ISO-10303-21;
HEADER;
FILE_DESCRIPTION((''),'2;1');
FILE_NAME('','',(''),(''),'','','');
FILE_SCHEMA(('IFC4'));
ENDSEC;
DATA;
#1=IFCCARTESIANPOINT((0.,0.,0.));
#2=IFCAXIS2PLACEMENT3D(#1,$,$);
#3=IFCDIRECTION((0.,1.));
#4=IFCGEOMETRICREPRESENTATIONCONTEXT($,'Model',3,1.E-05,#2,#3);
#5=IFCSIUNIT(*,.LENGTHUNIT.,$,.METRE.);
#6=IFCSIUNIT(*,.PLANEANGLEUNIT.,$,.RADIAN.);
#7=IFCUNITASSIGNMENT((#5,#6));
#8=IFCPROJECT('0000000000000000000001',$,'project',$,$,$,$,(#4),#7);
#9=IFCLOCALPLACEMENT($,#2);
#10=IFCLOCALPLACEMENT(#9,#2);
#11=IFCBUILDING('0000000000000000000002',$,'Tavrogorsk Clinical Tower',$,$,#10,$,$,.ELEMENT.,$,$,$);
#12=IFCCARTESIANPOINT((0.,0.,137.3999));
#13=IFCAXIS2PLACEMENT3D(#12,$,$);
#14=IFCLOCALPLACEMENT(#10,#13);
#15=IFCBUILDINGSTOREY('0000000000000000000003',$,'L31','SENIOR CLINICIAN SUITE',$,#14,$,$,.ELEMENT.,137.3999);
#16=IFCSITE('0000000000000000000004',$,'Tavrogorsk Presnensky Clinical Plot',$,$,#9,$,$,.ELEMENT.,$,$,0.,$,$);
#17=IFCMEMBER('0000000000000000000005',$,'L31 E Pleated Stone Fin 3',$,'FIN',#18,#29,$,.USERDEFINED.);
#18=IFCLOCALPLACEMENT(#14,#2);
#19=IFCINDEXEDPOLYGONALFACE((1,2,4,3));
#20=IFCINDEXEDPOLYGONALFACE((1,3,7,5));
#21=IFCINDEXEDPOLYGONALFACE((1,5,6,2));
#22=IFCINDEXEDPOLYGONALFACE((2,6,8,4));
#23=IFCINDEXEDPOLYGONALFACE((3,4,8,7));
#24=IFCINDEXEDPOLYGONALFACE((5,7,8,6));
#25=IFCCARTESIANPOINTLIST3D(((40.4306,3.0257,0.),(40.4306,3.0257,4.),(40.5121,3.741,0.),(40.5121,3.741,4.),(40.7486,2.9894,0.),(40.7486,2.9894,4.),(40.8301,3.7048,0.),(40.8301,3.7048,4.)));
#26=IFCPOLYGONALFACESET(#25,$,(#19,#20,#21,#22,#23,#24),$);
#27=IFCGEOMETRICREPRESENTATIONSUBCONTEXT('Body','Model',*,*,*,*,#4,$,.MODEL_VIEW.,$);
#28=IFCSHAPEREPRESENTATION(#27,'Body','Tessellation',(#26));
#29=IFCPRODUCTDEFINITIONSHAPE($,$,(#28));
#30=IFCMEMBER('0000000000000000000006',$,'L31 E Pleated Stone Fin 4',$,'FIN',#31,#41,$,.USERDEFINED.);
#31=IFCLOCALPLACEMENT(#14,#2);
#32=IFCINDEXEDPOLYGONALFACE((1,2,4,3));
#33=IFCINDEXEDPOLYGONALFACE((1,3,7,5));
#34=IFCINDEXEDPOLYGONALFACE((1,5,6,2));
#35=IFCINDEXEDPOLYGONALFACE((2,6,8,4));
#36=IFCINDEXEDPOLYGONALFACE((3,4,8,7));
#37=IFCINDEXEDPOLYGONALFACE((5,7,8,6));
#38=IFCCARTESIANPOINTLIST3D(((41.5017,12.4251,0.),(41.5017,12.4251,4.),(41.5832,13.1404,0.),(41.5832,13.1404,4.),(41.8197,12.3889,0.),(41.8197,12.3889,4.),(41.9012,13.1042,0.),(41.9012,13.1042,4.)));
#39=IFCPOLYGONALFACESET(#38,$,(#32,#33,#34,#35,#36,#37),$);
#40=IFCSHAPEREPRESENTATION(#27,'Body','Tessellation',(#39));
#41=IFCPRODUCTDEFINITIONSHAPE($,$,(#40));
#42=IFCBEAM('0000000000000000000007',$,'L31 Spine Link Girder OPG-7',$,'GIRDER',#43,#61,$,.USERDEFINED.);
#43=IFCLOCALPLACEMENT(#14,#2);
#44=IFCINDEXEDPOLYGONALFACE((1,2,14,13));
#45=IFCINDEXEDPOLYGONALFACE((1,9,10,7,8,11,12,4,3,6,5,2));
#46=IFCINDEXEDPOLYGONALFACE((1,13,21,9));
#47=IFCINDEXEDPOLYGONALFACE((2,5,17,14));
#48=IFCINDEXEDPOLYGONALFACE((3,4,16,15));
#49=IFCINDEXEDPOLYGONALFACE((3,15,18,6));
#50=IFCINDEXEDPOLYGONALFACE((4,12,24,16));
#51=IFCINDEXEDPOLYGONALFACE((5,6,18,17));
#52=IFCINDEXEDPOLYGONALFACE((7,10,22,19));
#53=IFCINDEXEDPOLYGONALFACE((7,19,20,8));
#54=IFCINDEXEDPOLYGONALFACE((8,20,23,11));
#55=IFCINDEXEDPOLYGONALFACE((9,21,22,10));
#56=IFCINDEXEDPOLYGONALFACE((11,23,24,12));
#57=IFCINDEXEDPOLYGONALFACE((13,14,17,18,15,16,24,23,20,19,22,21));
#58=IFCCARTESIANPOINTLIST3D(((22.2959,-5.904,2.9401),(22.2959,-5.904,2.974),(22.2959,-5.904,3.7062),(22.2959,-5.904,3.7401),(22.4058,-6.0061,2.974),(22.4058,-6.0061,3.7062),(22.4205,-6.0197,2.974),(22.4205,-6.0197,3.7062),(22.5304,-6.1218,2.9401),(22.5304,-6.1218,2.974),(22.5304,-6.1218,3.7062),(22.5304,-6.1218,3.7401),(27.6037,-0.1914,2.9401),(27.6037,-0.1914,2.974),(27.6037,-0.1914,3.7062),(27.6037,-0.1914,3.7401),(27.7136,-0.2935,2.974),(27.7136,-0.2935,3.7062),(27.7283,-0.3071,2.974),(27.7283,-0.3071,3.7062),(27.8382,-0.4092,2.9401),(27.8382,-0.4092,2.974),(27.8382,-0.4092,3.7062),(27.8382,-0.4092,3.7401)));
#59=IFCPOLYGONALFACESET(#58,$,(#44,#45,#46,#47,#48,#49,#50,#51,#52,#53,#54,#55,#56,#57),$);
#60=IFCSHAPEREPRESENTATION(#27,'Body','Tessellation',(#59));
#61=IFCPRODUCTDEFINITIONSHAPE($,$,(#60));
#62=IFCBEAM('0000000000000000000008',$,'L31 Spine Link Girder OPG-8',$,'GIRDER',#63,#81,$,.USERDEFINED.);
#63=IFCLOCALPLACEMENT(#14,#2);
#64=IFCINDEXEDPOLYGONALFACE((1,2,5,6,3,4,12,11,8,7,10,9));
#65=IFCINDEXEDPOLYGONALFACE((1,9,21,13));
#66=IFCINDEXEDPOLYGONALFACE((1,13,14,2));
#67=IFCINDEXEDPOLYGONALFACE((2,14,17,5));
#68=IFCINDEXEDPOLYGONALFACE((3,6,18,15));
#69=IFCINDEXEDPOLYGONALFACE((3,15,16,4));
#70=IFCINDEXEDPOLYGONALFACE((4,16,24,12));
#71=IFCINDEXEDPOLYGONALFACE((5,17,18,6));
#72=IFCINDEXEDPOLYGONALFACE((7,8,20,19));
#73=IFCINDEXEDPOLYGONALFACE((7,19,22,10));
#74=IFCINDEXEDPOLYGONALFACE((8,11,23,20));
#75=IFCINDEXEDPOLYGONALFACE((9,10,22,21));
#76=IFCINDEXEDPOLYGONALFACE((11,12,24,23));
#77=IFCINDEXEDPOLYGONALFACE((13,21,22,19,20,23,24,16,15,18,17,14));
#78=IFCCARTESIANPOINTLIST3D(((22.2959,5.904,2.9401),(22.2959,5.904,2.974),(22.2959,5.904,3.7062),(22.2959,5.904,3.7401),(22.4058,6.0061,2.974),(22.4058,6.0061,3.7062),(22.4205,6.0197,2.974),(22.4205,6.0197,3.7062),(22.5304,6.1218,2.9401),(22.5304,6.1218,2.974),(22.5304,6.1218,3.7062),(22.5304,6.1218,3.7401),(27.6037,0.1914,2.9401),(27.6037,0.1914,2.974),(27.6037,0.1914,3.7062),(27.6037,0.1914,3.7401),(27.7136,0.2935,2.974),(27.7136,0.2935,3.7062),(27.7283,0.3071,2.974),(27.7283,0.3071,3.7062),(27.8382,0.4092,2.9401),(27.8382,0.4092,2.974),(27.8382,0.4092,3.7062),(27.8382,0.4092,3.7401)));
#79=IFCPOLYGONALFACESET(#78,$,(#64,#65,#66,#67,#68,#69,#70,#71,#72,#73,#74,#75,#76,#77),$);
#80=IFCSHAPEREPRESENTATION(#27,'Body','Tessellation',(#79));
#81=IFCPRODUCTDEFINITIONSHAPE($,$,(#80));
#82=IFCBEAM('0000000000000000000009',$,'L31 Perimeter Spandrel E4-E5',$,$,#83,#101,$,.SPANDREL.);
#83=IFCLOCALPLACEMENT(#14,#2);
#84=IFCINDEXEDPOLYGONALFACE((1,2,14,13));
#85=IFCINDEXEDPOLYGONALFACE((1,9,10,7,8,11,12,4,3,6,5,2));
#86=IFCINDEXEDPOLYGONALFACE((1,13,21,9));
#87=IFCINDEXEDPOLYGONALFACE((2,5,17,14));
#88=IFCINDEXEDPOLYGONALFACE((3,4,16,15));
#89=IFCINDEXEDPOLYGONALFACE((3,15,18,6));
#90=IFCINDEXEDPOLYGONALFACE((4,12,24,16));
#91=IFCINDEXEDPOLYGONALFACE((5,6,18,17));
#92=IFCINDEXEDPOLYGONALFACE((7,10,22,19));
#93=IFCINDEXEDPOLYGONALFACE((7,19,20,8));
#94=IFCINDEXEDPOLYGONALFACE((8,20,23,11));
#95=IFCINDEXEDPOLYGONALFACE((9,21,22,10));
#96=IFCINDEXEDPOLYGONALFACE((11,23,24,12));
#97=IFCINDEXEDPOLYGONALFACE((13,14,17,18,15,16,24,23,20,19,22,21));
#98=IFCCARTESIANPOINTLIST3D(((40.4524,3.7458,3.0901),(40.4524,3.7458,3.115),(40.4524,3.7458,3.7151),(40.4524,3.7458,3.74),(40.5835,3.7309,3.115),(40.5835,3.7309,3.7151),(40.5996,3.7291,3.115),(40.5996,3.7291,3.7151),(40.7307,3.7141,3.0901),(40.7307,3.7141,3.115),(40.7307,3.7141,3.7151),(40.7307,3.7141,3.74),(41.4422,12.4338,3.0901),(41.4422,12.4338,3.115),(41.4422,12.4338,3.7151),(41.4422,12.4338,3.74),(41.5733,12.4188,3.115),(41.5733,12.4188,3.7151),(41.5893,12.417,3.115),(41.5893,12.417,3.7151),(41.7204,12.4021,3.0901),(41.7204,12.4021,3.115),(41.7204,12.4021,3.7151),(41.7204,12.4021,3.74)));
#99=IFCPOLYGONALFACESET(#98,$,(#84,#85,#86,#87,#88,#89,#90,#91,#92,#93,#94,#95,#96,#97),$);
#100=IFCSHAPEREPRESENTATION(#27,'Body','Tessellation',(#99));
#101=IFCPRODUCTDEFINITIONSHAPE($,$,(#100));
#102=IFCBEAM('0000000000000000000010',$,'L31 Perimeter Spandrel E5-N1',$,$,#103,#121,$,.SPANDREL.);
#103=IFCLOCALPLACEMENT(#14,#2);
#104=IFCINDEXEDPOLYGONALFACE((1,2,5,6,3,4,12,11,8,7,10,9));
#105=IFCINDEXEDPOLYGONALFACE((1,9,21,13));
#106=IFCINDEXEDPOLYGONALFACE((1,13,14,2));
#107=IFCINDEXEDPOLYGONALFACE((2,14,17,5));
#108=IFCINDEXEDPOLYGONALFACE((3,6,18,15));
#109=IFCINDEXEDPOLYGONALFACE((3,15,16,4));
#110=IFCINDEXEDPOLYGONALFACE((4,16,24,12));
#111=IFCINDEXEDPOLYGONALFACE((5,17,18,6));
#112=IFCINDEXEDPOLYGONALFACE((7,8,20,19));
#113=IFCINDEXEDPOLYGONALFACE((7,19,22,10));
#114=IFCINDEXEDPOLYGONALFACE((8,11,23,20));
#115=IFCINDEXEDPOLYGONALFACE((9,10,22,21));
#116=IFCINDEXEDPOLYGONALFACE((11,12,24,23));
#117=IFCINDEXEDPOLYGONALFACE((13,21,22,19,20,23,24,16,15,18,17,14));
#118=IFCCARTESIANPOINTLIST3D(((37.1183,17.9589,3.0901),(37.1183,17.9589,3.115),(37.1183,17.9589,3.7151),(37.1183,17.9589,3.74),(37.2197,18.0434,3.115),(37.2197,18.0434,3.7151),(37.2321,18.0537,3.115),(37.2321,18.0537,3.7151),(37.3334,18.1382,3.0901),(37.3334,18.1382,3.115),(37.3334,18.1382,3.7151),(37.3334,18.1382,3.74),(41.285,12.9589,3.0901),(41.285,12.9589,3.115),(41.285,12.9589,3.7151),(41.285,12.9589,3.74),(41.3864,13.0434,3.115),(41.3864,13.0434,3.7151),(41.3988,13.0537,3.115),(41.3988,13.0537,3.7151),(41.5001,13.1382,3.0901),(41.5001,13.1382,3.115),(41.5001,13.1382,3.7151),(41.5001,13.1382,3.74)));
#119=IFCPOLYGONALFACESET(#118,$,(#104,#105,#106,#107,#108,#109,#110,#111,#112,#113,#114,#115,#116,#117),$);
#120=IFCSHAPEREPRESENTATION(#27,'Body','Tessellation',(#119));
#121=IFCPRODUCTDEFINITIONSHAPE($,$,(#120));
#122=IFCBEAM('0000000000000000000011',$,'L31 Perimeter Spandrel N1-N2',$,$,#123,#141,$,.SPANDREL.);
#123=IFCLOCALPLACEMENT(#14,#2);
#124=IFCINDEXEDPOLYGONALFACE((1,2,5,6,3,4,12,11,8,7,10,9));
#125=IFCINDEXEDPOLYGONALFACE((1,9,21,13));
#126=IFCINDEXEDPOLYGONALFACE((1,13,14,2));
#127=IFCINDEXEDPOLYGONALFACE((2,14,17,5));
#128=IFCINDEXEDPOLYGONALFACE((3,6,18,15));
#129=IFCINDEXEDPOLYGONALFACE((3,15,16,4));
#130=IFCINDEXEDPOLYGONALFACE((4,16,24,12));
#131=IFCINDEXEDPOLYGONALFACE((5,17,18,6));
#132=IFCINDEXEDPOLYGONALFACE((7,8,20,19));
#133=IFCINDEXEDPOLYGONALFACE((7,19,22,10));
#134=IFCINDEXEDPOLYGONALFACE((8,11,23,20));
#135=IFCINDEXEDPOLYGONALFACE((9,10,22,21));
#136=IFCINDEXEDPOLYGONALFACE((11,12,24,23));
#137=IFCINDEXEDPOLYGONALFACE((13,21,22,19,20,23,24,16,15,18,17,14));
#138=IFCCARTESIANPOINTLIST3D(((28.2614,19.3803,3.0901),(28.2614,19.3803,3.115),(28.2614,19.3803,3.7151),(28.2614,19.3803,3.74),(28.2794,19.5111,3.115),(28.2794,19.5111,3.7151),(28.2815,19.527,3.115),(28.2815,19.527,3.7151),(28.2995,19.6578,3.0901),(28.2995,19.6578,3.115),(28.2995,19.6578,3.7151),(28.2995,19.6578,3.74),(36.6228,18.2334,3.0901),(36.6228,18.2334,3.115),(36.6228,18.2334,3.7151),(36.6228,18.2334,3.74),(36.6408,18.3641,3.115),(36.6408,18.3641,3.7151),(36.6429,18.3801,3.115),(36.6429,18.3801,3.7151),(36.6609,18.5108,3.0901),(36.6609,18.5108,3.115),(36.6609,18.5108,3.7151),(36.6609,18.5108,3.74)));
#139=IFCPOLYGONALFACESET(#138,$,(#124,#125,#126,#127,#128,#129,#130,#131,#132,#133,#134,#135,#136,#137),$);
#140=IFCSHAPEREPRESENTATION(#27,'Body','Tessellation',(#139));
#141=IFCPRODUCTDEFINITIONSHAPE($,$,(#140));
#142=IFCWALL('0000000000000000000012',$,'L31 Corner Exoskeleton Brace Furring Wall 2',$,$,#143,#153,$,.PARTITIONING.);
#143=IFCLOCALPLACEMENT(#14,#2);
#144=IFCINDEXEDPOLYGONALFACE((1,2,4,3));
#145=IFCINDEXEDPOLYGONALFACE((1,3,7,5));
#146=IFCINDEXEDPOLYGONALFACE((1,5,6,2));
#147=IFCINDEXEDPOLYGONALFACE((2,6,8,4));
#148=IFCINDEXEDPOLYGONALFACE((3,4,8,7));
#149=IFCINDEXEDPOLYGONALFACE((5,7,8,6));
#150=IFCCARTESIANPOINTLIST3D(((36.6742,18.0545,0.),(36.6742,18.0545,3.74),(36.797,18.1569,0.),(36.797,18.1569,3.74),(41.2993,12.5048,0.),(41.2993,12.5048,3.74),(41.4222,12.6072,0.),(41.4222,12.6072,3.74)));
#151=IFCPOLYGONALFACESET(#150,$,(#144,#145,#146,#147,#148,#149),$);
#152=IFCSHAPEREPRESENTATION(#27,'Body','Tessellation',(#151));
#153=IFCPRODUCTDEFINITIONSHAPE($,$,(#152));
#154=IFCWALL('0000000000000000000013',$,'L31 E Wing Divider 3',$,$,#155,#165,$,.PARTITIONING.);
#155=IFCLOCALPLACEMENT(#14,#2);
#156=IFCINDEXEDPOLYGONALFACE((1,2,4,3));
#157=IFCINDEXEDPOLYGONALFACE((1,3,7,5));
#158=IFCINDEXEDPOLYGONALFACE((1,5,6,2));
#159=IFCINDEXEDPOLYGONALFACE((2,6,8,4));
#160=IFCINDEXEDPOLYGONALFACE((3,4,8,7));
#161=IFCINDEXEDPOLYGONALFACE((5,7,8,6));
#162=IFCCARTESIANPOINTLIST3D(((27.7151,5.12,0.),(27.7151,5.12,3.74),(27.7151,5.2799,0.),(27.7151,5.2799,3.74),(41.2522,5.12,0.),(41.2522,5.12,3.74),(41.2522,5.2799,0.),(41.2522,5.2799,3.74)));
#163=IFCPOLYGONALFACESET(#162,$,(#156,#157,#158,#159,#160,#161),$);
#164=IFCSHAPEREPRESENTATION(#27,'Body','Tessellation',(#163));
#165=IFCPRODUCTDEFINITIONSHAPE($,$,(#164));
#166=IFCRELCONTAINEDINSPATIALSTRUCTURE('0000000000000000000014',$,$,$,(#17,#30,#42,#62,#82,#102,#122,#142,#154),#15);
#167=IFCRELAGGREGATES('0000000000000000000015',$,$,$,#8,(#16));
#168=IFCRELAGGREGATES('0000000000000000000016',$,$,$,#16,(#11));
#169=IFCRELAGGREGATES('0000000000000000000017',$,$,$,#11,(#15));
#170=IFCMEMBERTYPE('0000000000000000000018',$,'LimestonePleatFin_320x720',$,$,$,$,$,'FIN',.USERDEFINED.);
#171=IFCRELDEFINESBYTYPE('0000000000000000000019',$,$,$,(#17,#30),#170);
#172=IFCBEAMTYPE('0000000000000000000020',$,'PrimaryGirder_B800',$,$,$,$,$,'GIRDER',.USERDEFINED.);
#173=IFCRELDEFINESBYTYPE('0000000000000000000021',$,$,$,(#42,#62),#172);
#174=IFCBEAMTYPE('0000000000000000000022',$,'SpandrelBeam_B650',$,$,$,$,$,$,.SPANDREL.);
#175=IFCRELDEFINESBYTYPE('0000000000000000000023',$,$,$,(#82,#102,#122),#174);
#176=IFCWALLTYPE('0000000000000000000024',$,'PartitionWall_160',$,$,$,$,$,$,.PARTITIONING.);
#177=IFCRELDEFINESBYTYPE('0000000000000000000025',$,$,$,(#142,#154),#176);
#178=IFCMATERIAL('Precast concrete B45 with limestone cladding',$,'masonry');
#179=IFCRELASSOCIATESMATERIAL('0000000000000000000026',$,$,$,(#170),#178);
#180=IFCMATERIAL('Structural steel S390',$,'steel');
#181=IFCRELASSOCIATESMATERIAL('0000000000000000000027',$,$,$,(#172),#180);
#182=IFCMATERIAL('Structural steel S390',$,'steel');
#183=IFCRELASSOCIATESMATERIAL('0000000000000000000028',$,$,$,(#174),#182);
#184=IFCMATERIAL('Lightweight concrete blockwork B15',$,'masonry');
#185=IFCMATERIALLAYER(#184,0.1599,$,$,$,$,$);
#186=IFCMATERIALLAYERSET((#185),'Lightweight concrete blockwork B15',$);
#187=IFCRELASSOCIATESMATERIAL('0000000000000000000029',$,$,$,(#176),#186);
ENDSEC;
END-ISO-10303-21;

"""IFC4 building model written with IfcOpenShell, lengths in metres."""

from ifc_helpers import new_model, si_unit, direction, frame, frame_2d, origin, origin_2d, place, context, subcontext, project, spatial, rectangle, i_section, extrude, material, layer, layer_set, material_profile, profile_set, type_object, element, save


model = new_model("IFC4")

# Units and contexts
model_context = context("Model", 3, precision=1e-05, world=origin(), true_north=direction((0.0, 1.0)))
body_context = subcontext(model_context, "Body", "Model", "MODEL_VIEW")
ifc_project = project(units=[si_unit("LENGTHUNIT", "METRE"), si_unit("PLANEANGLEUNIT", "RADIAN")], contexts=[model_context])

# Site, building, storey
site_placement = place(None, origin())
site = spatial("IfcSite", under=ifc_project, at=site_placement, Name="Tavrogorsk Presnensky Clinical Plot", CompositionType="ELEMENT", RefElevation=0.0)
building_placement = place(site_placement, origin())
building = spatial("IfcBuilding", under=site, at=building_placement, Name="Tavrogorsk Clinical Tower", CompositionType="ELEMENT")
storey_placement = place(building_placement, frame((0.0, 0.0, 137.3999)))
storey = spatial("IfcBuildingStorey", under=building, at=storey_placement, Name="L31", Description="SENIOR CLINICIAN SUITE", CompositionType="ELEMENT", Elevation=137.3999)

# Members
ifc_material_1 = material(Name="Precast concrete B45 with limestone cladding", Category="masonry")
ifc_material_profile_1 = material_profile(ifc_material_1, rectangle(XDim=0.3201, YDim=0.72, at=origin_2d()), Name="LIMESTONE-FIN-320x720")
ifc_profile_set_1 = profile_set([ifc_material_profile_1], Name="Precast concrete B45 with limestone cladding")
member_type_1 = type_object("IfcMemberType", Name="LimestonePleatFin_320x720", ElementType="FIN", PredefinedType="USERDEFINED", material=ifc_profile_set_1)
for number, where, z_axis, x_axis, name in (
    (1, (40.6304, 3.3652, 0.0), (0.0, 0.0, 1.0), (0.993572, -0.113203, 0.0), "L31 E Pleated Stone Fin 3"),
    (2, (41.7014, 12.7646, 0.0), (0.0, 0.0, 1.0), (0.993572, -0.113203, 0.0), "L31 E Pleated Stone Fin 4"),
):
    element("IfcMember", number, at=place(storey_placement, frame(where, z_axis=z_axis, x_axis=x_axis)), inside=storey, type_object=member_type_1, Name=name, ObjectType="FIN", PredefinedType="USERDEFINED", context=body_context, shape_type="SweptSolid", body=[
        extrude(rectangle(XDim=0.3201, YDim=0.72, at=origin_2d()), origin(), (0.0, 0.0, 1.0), 4.0),
    ])

# Beams
ifc_material_2 = material(Name="Structural steel S390", Category="steel")
ifc_material_profile_2 = material_profile(ifc_material_2, i_section(OverallWidth=0.3201, OverallDepth=0.8, WebThickness=0.02, FlangeThickness=0.0339, at=origin_2d()), Name="B-800x320x20x34")
ifc_profile_set_2 = profile_set([ifc_material_profile_2], Name="Structural steel S390")
beam_type_1 = type_object("IfcBeamType", Name="PrimaryGirder_B800", ElementType="GIRDER", PredefinedType="USERDEFINED", material=ifc_profile_set_2)
for number, where, z_axis, x_axis, name in (
    (3, (27.7209, -0.3003, 3.3401), (-0.680676, -0.732585, 0.0), (0.732585, -0.680676, 0.0), "L31 Spine Link Girder OPG-7"),
    (4, (27.7209, 0.3003, 3.3401), (-0.680676, 0.732585, 0.0), (-0.732585, -0.680676, 0.0), "L31 Spine Link Girder OPG-8"),
):
    element("IfcBeam", number, at=place(storey_placement, frame(where, z_axis=z_axis, x_axis=x_axis)), inside=storey, type_object=beam_type_1, Name=name, ObjectType="GIRDER", PredefinedType="USERDEFINED", context=body_context, shape_type="SweptSolid", body=[
        extrude(i_section(OverallWidth=0.3201, OverallDepth=0.8, WebThickness=0.02, FlangeThickness=0.0339, at=origin_2d()), origin(), (0.0, 0.0, 1.0), 7.7979),
    ])
ifc_material_3 = material(Name="Structural steel S390", Category="steel")
ifc_material_profile_3 = material_profile(ifc_material_3, i_section(OverallWidth=0.28, OverallDepth=0.6499, WebThickness=0.0161, FlangeThickness=0.0249, at=origin_2d()), Name="B-650x280x16x25")
ifc_profile_set_3 = profile_set([ifc_material_profile_3], Name="Structural steel S390")
beam_type_2 = type_object("IfcBeamType", Name="SpandrelBeam_B650", PredefinedType="SPANDREL", material=ifc_profile_set_3)
beam_1_placement = place(storey_placement, frame((40.5916, 3.73, 3.415), z_axis=(0.113189, 0.993573, 0.0), x_axis=(-0.993573, 0.113189, 0.0)))
element("IfcBeam", 5, at=beam_1_placement, inside=storey, type_object=beam_type_2, Name="L31 Perimeter Spandrel E4-E5", PredefinedType="SPANDREL", context=body_context, shape_type="SweptSolid", body=[
    extrude(i_section(OverallWidth=0.28, OverallDepth=0.6499, WebThickness=0.0161, FlangeThickness=0.0249, at=origin_2d()), origin(), (0.0, 0.0, 1.0), 8.7441),
])
beam_2_placement = place(storey_placement, frame((41.3926, 13.0486, 3.415), z_axis=(-0.640192, 0.768215, 0.0), x_axis=(-0.768215, -0.640192, 0.0)))
element("IfcBeam", 6, at=beam_2_placement, inside=storey, type_object=beam_type_2, Name="L31 Perimeter Spandrel E5-N1", PredefinedType="SPANDREL", context=body_context, shape_type="SweptSolid", body=[
    extrude(i_section(OverallWidth=0.28, OverallDepth=0.6499, WebThickness=0.0161, FlangeThickness=0.0249, at=origin_2d()), origin(), (0.0, 0.0, 1.0), 6.5085),
])
beam_3_placement = place(storey_placement, frame((36.6418, 18.3721, 3.415), z_axis=(-0.990722, 0.135903, 0.0), x_axis=(-0.135903, -0.990722, 0.0)))
element("IfcBeam", 7, at=beam_3_placement, inside=storey, type_object=beam_type_2, Name="L31 Perimeter Spandrel N1-N2", PredefinedType="SPANDREL", context=body_context, shape_type="SweptSolid", body=[
    extrude(i_section(OverallWidth=0.28, OverallDepth=0.6499, WebThickness=0.0161, FlangeThickness=0.0249, at=origin_2d()), origin(), (0.0, 0.0, 1.0), 8.4397),
])

# Walls
ifc_material_4 = material(Name="Lightweight concrete blockwork B15", Category="masonry")
ifc_layer_1 = layer(ifc_material_4, 0.1599)
ifc_layer_set_1 = layer_set([ifc_layer_1], Name="Lightweight concrete blockwork B15")
wall_type_1 = type_object("IfcWallType", Name="PartitionWall_160", PredefinedType="PARTITIONING", material=ifc_layer_set_1)
wall_1_placement = place(storey_placement, frame((41.3608, 12.5559, 0.0), z_axis=(0.0, 0.0, 1.0), x_axis=(-0.640218, 0.768194, 0.0)))
element("IfcWall", 8, at=wall_1_placement, inside=storey, type_object=wall_type_1, Name="L31 Corner Exoskeleton Brace Furring Wall 2", PredefinedType="PARTITIONING", context=body_context, shape_type="SweptSolid", body=[
    extrude(rectangle(XDim=7.2244, YDim=0.1599, at=frame_2d((3.6123, 0.0))), origin(), (0.0, 0.0, 1.0), 3.74),
])
wall_2_placement = place(storey_placement, frame((27.7151, 5.2, 0.0), z_axis=(0.0, 0.0, 1.0), x_axis=(1.0, 0.0, 0.0)))
element("IfcWall", 9, at=wall_2_placement, inside=storey, type_object=wall_type_1, Name="L31 E Wing Divider 3", PredefinedType="PARTITIONING", context=body_context, shape_type="SweptSolid", body=[
    extrude(rectangle(XDim=13.5371, YDim=0.1599, at=frame_2d((6.7686, 0.0))), origin(), (0.0, 0.0, 1.0), 3.74),
])

save(model, "model.ifc")
